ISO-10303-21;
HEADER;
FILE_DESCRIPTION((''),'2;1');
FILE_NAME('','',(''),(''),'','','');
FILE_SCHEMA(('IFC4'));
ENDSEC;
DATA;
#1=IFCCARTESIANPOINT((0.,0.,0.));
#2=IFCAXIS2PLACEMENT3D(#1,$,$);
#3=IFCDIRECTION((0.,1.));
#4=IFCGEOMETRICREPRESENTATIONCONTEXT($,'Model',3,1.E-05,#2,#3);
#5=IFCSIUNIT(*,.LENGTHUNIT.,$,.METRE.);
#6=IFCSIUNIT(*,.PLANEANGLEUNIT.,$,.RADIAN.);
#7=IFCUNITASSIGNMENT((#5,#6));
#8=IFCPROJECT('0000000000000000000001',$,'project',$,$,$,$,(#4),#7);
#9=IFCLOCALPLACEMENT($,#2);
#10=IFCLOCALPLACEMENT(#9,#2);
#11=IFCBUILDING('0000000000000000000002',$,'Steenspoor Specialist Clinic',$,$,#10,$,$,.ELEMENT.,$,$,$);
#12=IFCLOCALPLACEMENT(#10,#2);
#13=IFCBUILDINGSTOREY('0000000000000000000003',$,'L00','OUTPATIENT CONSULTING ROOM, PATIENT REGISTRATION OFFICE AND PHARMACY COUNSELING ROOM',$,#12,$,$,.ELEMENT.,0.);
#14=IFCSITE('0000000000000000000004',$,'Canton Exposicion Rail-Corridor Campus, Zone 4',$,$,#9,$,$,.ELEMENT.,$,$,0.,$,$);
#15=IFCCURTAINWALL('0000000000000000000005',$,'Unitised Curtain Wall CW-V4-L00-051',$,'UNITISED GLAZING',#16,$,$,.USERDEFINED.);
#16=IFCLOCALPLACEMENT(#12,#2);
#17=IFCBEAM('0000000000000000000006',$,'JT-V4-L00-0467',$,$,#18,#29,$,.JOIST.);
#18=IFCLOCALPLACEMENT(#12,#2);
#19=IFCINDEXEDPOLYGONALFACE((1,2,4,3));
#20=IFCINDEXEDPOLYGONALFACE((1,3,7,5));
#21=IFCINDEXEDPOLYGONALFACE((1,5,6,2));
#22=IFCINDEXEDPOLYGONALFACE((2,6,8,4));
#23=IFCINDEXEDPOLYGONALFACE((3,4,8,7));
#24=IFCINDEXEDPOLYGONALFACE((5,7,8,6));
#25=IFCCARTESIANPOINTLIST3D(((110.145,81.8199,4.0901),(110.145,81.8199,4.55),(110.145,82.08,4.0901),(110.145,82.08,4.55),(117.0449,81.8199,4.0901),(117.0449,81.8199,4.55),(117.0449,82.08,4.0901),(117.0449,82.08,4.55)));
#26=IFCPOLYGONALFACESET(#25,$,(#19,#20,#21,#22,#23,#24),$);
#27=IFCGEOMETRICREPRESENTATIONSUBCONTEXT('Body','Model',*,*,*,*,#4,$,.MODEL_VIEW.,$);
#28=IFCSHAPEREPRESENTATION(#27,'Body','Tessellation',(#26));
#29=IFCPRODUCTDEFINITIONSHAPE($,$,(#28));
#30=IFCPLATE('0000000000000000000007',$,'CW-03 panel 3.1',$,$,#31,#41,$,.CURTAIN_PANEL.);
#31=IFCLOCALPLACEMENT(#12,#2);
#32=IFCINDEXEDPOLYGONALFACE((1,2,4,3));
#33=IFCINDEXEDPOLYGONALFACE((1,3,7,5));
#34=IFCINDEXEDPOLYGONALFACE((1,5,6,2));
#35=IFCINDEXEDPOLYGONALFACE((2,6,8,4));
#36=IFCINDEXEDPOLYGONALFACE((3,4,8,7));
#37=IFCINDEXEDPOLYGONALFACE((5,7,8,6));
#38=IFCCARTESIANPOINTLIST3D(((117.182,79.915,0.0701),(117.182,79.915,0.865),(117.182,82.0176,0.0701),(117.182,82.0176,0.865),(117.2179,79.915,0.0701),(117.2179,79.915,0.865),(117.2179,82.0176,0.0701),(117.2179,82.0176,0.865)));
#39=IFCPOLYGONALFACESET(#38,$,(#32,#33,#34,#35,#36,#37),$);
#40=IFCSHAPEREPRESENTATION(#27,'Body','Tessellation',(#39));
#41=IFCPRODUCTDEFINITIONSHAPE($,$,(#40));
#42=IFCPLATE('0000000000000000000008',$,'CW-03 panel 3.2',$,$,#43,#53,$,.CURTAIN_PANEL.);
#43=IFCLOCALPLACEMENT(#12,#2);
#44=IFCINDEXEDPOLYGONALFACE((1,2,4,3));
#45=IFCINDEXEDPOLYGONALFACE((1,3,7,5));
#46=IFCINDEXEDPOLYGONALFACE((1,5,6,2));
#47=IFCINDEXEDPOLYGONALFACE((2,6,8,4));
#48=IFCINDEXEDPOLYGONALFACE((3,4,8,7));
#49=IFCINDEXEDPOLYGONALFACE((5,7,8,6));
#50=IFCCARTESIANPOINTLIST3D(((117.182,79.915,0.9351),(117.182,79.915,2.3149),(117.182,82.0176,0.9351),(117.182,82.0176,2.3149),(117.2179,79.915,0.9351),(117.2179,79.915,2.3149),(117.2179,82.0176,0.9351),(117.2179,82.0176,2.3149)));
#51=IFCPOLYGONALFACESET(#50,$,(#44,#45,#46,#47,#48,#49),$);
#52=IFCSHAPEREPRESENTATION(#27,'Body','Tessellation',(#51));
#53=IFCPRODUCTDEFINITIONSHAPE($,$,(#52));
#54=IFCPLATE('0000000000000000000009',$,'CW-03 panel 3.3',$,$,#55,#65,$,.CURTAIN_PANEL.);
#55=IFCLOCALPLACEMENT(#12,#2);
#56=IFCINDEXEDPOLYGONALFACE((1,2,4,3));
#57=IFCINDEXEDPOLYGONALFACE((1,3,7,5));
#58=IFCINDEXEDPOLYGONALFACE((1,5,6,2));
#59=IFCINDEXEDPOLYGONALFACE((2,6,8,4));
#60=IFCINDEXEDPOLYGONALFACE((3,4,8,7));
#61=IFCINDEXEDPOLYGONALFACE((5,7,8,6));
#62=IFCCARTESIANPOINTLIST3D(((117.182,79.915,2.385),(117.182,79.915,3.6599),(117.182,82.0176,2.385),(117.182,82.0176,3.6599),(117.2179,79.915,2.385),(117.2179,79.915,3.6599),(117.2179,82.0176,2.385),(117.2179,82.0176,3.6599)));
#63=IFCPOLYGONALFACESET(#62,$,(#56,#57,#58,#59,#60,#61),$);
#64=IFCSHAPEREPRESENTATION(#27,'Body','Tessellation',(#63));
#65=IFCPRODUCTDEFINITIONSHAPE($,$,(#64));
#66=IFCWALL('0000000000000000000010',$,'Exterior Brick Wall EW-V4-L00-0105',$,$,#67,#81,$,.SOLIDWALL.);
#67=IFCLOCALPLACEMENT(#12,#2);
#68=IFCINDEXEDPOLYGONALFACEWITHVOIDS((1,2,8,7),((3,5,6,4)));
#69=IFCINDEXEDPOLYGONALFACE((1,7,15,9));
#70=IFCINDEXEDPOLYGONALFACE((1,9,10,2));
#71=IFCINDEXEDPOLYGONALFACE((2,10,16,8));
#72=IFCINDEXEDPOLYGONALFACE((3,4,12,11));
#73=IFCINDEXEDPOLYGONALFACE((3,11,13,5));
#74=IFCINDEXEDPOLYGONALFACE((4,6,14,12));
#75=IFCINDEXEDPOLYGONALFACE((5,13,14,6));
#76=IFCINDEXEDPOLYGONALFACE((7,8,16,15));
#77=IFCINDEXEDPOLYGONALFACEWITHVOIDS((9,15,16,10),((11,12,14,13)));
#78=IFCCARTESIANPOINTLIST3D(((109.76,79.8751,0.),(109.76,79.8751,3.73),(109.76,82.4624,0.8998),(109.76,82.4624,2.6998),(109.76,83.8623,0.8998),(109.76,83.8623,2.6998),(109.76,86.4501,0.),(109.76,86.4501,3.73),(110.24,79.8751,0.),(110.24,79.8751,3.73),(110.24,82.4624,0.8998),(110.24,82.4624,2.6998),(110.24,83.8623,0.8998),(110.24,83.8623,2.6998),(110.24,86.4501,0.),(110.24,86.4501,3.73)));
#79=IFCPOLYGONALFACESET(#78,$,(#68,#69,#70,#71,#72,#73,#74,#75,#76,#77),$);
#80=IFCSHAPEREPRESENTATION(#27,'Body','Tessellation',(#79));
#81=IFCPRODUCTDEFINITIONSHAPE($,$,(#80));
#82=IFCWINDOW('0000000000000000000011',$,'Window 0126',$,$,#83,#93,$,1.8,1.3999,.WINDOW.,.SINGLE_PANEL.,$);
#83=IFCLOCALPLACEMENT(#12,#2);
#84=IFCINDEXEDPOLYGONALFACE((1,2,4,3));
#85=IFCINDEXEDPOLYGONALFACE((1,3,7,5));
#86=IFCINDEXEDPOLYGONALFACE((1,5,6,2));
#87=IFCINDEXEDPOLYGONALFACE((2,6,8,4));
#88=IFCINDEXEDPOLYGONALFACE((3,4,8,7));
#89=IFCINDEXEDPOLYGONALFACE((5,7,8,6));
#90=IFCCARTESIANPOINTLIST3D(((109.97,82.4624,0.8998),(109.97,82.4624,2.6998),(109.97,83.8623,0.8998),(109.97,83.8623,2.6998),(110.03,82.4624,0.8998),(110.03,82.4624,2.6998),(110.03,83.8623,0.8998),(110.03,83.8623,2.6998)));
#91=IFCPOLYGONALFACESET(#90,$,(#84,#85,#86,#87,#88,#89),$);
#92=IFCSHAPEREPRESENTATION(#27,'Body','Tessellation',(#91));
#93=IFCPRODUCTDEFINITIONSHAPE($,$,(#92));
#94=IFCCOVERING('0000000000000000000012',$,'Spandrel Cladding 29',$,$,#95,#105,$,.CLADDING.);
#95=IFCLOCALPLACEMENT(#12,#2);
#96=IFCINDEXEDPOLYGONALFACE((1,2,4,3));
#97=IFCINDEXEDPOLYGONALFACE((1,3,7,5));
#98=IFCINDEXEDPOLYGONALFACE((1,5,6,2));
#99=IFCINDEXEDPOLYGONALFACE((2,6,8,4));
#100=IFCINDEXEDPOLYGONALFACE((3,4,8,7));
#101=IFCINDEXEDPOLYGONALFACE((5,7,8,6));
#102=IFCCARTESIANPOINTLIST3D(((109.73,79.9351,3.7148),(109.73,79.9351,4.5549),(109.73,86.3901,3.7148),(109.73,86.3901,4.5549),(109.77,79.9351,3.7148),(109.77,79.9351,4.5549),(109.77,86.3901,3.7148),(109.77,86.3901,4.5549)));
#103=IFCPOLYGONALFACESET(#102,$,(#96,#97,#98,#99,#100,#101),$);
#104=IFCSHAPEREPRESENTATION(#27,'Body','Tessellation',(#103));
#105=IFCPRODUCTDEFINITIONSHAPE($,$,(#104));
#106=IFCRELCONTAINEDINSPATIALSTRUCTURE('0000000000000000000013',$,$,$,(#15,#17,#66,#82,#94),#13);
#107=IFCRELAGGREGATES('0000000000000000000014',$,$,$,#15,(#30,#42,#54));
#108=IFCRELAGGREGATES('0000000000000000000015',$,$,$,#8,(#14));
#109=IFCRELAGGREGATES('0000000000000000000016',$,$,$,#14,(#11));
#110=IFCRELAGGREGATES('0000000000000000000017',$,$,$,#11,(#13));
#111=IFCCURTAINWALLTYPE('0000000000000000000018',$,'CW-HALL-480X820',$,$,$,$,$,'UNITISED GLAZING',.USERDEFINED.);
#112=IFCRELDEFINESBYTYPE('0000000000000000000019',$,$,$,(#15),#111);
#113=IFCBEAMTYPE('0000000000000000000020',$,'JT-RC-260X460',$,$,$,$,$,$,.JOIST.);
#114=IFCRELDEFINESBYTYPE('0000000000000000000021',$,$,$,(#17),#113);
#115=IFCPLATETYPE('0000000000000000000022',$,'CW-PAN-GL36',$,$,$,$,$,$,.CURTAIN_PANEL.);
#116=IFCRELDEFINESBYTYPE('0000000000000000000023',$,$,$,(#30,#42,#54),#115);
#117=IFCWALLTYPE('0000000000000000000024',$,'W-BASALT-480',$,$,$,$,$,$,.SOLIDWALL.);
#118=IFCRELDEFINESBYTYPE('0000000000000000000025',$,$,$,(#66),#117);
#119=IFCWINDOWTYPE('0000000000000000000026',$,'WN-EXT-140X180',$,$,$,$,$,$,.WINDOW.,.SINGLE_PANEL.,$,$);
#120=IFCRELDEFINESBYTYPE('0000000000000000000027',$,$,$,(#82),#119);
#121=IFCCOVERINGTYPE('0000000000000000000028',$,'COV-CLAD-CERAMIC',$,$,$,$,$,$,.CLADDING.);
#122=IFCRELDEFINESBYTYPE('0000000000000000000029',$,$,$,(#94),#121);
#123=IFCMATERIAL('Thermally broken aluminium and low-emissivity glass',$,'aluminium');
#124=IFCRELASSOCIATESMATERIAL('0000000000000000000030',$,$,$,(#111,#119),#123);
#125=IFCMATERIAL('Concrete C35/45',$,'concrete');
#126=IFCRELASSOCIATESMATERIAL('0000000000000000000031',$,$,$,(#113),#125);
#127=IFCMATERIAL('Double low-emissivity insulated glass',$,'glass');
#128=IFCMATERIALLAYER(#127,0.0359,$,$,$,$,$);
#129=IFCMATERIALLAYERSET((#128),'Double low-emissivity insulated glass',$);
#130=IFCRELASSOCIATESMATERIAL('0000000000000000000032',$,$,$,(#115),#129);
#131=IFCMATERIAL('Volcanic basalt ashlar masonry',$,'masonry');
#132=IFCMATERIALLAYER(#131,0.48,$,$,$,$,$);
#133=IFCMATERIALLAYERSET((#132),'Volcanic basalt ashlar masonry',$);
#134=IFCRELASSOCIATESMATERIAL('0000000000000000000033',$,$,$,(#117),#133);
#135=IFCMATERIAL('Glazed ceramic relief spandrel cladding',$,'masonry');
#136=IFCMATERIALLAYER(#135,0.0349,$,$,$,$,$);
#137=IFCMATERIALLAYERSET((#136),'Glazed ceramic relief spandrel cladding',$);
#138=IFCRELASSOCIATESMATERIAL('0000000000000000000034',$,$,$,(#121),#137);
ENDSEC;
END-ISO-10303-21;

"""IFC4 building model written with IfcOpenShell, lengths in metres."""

from ifc_helpers import new_model, si_unit, direction, frame, frame_2d, origin, origin_2d, place, context, subcontext, project, spatial, rectangle, extrude, material, layer, layer_set, material_profile, profile_set, type_object, element, fill, aggregate, save


model = new_model("IFC4")

# Units and contexts
model_context = context("Model", 3, precision=1e-05, world=origin(), true_north=direction((0.0, 1.0)))
body_context = subcontext(model_context, "Body", "Model", "MODEL_VIEW")
ifc_project = project(units=[si_unit("LENGTHUNIT", "METRE"), si_unit("PLANEANGLEUNIT", "RADIAN")], contexts=[model_context])

# Site, building, storey
site_placement = place(None, origin())
site = spatial("IfcSite", under=ifc_project, at=site_placement, Name="Canton Exposicion Rail-Corridor Campus, Zone 4", CompositionType="ELEMENT", RefElevation=0.0)
building_placement = place(site_placement, origin())
building = spatial("IfcBuilding", under=site, at=building_placement, Name="Steenspoor Specialist Clinic", CompositionType="ELEMENT")
storey_placement = place(building_placement, origin())
storey = spatial("IfcBuildingStorey", under=building, at=storey_placement, Name="L00", Description="OUTPATIENT CONSULTING ROOM, PATIENT REGISTRATION OFFICE AND PHARMACY COUNSELING ROOM", CompositionType="ELEMENT", Elevation=0.0)

# Shared definitions
ifc_material_1 = material(Name="Concrete C35/45", Category="concrete")

# Curtain wall
ifc_material_2 = material(Name="Thermally broken aluminium and low-emissivity glass", Category="aluminium")
curtain_wall_type = type_object("IfcCurtainWallType", Name="CW-HALL-480X820", ElementType="UNITISED GLAZING", PredefinedType="USERDEFINED", material=ifc_material_2)
curtain_wall_placement = place(storey_placement, origin())
curtain_wall = element("IfcCurtainWall", 1, at=curtain_wall_placement, inside=storey, type_object=curtain_wall_type, Name="Unitised Curtain Wall CW-V4-L00-051", ObjectType="UNITISED GLAZING", PredefinedType="USERDEFINED")

# Beam
ifc_material_profile_1 = material_profile(ifc_material_1, rectangle(XDim=0.26, YDim=0.46, at=origin_2d()), Name="RC-JT-260X460")
ifc_profile_set_1 = profile_set([ifc_material_profile_1], Name="Concrete C35/45")
beam_type_1 = type_object("IfcBeamType", Name="JT-RC-260X460", PredefinedType="JOIST", material=ifc_profile_set_1)
beam_1_placement = place(storey_placement, frame((110.145, 81.95, 4.3201), z_axis=(1.0, 0.0, 0.0), x_axis=(0.0, 1.0, 0.0)))
element("IfcBeam", 2, at=beam_1_placement, inside=storey, type_object=beam_type_1, Name="JT-V4-L00-0467", PredefinedType="JOIST", context=body_context, shape_type="SweptSolid", body=[
    extrude(rectangle(XDim=0.26, YDim=0.46, at=origin_2d()), origin(), (0.0, 0.0, 1.0), 6.8999),
])

# Plates
ifc_material_3 = material(Name="Double low-emissivity insulated glass", Category="glass")
ifc_layer_1 = layer(ifc_material_3, 0.0359)
ifc_layer_set_1 = layer_set([ifc_layer_1], Name="Double low-emissivity insulated glass")
plate_type = type_object("IfcPlateType", Name="CW-PAN-GL36", PredefinedType="CURTAIN_PANEL", material=ifc_layer_set_1)
plate_1_placement = place(storey_placement, frame((117.2, 80.9663, 0.0701), z_axis=(0.0, 0.0, 1.0), x_axis=(0.0, -1.0, 0.0)))
plate_1 = element("IfcPlate", 3, at=plate_1_placement, type_object=plate_type, Name="CW-03 panel 3.1", PredefinedType="CURTAIN_PANEL", context=body_context, shape_type="SweptSolid", body=[
    extrude(rectangle(XDim=2.1025, YDim=0.0359, at=origin_2d()), origin(), (0.0, 0.0, 1.0), 0.7949),
])
plate_2_placement = place(storey_placement, frame((117.2, 80.9663, 0.9351), z_axis=(0.0, 0.0, 1.0), x_axis=(0.0, -1.0, 0.0)))
plate_2 = element("IfcPlate", 4, at=plate_2_placement, type_object=plate_type, Name="CW-03 panel 3.2", PredefinedType="CURTAIN_PANEL", context=body_context, shape_type="SweptSolid", body=[
    extrude(rectangle(XDim=2.1025, YDim=0.0359, at=origin_2d()), origin(), (0.0, 0.0, 1.0), 1.3799),
])
plate_3_placement = place(storey_placement, frame((117.2, 80.9663, 2.385), z_axis=(0.0, 0.0, 1.0), x_axis=(0.0, -1.0, 0.0)))
plate_3 = element("IfcPlate", 5, at=plate_3_placement, type_object=plate_type, Name="CW-03 panel 3.3", PredefinedType="CURTAIN_PANEL", context=body_context, shape_type="SweptSolid", body=[
    extrude(rectangle(XDim=2.1025, YDim=0.0359, at=origin_2d()), origin(), (0.0, 0.0, 1.0), 1.2749),
])
aggregate(curtain_wall, [plate_1, plate_2, plate_3])

# Wall, opening, window
ifc_material_4 = material(Name="Volcanic basalt ashlar masonry", Category="masonry")
ifc_layer_2 = layer(ifc_material_4, 0.48)
ifc_layer_set_2 = layer_set([ifc_layer_2], Name="Volcanic basalt ashlar masonry")
wall_type = type_object("IfcWallType", Name="W-BASALT-480", PredefinedType="SOLIDWALL", material=ifc_layer_set_2)
wall_placement = place(storey_placement, frame((110.0, 79.875, 0.0), z_axis=(0.0, 0.0, 1.0), x_axis=(0.0, 1.0, 0.0)))
wall = element("IfcWall", 6, at=wall_placement, inside=storey, type_object=wall_type, Name="Exterior Brick Wall EW-V4-L00-0105", PredefinedType="SOLIDWALL", context=body_context, shape_type="SweptSolid", body=[
    extrude(rectangle(XDim=6.575, YDim=0.48, at=frame_2d((3.2876, 0.0))), origin(), (0.0, 0.0, 1.0), 3.73),
])
opening_placement = place(wall_placement, frame((2.5874, 0.0, 0.8999)))
opening = element("IfcOpeningElement", 7, at=opening_placement, cuts=wall, PredefinedType="OPENING", context=body_context, shape_type="SweptSolid", body=[
    extrude(rectangle(XDim=1.3999, YDim=1.8, at=frame_2d((0.7, 0.8999))), frame((0.0, 0.25, 0.0), z_axis=(0.0, -1.0, 0.0), x_axis=(1.0, 0.0, 0.0)), (0.0, 0.0, 1.0), 0.5),
])
window_type = type_object("IfcWindowType", Name="WN-EXT-140X180", PartitioningType="SINGLE_PANEL", PredefinedType="WINDOW", material=ifc_material_2)
window_placement = place(opening_placement, origin())
window = element("IfcWindow", 8, at=window_placement, inside=storey, type_object=window_type, Name="Window 0126", OverallHeight=1.8, OverallWidth=1.3999, PartitioningType="SINGLE_PANEL", PredefinedType="WINDOW", context=body_context, shape_type="SweptSolid", body=[
    extrude(rectangle(XDim=1.3999, YDim=1.8, at=frame_2d((0.7, 0.8999))), frame((0.0, 0.03, 0.0), z_axis=(0.0, -1.0, 0.0), x_axis=(1.0, 0.0, 0.0)), (0.0, 0.0, 1.0), 0.0601),
])
fill(opening, window)

# Covering
ifc_material_5 = material(Name="Glazed ceramic relief spandrel cladding", Category="masonry")
ifc_layer_3 = layer(ifc_material_5, 0.0349)
ifc_layer_set_3 = layer_set([ifc_layer_3], Name="Glazed ceramic relief spandrel cladding")
covering_type = type_object("IfcCoveringType", Name="COV-CLAD-CERAMIC", PredefinedType="CLADDING", material=ifc_layer_set_3)
covering_placement = place(storey_placement, frame((109.75, 83.1626, 3.7148), z_axis=(0.0, 0.0, 1.0), x_axis=(0.0, 1.0, 0.0)))
element("IfcCovering", 9, at=covering_placement, inside=storey, type_object=covering_type, Name="Spandrel Cladding 29", PredefinedType="CLADDING", context=body_context, shape_type="SweptSolid", body=[
    extrude(rectangle(XDim=6.4551, YDim=0.04, at=origin_2d()), origin(), (0.0, 0.0, 1.0), 0.8401),
])

save(model, "model.ifc")
